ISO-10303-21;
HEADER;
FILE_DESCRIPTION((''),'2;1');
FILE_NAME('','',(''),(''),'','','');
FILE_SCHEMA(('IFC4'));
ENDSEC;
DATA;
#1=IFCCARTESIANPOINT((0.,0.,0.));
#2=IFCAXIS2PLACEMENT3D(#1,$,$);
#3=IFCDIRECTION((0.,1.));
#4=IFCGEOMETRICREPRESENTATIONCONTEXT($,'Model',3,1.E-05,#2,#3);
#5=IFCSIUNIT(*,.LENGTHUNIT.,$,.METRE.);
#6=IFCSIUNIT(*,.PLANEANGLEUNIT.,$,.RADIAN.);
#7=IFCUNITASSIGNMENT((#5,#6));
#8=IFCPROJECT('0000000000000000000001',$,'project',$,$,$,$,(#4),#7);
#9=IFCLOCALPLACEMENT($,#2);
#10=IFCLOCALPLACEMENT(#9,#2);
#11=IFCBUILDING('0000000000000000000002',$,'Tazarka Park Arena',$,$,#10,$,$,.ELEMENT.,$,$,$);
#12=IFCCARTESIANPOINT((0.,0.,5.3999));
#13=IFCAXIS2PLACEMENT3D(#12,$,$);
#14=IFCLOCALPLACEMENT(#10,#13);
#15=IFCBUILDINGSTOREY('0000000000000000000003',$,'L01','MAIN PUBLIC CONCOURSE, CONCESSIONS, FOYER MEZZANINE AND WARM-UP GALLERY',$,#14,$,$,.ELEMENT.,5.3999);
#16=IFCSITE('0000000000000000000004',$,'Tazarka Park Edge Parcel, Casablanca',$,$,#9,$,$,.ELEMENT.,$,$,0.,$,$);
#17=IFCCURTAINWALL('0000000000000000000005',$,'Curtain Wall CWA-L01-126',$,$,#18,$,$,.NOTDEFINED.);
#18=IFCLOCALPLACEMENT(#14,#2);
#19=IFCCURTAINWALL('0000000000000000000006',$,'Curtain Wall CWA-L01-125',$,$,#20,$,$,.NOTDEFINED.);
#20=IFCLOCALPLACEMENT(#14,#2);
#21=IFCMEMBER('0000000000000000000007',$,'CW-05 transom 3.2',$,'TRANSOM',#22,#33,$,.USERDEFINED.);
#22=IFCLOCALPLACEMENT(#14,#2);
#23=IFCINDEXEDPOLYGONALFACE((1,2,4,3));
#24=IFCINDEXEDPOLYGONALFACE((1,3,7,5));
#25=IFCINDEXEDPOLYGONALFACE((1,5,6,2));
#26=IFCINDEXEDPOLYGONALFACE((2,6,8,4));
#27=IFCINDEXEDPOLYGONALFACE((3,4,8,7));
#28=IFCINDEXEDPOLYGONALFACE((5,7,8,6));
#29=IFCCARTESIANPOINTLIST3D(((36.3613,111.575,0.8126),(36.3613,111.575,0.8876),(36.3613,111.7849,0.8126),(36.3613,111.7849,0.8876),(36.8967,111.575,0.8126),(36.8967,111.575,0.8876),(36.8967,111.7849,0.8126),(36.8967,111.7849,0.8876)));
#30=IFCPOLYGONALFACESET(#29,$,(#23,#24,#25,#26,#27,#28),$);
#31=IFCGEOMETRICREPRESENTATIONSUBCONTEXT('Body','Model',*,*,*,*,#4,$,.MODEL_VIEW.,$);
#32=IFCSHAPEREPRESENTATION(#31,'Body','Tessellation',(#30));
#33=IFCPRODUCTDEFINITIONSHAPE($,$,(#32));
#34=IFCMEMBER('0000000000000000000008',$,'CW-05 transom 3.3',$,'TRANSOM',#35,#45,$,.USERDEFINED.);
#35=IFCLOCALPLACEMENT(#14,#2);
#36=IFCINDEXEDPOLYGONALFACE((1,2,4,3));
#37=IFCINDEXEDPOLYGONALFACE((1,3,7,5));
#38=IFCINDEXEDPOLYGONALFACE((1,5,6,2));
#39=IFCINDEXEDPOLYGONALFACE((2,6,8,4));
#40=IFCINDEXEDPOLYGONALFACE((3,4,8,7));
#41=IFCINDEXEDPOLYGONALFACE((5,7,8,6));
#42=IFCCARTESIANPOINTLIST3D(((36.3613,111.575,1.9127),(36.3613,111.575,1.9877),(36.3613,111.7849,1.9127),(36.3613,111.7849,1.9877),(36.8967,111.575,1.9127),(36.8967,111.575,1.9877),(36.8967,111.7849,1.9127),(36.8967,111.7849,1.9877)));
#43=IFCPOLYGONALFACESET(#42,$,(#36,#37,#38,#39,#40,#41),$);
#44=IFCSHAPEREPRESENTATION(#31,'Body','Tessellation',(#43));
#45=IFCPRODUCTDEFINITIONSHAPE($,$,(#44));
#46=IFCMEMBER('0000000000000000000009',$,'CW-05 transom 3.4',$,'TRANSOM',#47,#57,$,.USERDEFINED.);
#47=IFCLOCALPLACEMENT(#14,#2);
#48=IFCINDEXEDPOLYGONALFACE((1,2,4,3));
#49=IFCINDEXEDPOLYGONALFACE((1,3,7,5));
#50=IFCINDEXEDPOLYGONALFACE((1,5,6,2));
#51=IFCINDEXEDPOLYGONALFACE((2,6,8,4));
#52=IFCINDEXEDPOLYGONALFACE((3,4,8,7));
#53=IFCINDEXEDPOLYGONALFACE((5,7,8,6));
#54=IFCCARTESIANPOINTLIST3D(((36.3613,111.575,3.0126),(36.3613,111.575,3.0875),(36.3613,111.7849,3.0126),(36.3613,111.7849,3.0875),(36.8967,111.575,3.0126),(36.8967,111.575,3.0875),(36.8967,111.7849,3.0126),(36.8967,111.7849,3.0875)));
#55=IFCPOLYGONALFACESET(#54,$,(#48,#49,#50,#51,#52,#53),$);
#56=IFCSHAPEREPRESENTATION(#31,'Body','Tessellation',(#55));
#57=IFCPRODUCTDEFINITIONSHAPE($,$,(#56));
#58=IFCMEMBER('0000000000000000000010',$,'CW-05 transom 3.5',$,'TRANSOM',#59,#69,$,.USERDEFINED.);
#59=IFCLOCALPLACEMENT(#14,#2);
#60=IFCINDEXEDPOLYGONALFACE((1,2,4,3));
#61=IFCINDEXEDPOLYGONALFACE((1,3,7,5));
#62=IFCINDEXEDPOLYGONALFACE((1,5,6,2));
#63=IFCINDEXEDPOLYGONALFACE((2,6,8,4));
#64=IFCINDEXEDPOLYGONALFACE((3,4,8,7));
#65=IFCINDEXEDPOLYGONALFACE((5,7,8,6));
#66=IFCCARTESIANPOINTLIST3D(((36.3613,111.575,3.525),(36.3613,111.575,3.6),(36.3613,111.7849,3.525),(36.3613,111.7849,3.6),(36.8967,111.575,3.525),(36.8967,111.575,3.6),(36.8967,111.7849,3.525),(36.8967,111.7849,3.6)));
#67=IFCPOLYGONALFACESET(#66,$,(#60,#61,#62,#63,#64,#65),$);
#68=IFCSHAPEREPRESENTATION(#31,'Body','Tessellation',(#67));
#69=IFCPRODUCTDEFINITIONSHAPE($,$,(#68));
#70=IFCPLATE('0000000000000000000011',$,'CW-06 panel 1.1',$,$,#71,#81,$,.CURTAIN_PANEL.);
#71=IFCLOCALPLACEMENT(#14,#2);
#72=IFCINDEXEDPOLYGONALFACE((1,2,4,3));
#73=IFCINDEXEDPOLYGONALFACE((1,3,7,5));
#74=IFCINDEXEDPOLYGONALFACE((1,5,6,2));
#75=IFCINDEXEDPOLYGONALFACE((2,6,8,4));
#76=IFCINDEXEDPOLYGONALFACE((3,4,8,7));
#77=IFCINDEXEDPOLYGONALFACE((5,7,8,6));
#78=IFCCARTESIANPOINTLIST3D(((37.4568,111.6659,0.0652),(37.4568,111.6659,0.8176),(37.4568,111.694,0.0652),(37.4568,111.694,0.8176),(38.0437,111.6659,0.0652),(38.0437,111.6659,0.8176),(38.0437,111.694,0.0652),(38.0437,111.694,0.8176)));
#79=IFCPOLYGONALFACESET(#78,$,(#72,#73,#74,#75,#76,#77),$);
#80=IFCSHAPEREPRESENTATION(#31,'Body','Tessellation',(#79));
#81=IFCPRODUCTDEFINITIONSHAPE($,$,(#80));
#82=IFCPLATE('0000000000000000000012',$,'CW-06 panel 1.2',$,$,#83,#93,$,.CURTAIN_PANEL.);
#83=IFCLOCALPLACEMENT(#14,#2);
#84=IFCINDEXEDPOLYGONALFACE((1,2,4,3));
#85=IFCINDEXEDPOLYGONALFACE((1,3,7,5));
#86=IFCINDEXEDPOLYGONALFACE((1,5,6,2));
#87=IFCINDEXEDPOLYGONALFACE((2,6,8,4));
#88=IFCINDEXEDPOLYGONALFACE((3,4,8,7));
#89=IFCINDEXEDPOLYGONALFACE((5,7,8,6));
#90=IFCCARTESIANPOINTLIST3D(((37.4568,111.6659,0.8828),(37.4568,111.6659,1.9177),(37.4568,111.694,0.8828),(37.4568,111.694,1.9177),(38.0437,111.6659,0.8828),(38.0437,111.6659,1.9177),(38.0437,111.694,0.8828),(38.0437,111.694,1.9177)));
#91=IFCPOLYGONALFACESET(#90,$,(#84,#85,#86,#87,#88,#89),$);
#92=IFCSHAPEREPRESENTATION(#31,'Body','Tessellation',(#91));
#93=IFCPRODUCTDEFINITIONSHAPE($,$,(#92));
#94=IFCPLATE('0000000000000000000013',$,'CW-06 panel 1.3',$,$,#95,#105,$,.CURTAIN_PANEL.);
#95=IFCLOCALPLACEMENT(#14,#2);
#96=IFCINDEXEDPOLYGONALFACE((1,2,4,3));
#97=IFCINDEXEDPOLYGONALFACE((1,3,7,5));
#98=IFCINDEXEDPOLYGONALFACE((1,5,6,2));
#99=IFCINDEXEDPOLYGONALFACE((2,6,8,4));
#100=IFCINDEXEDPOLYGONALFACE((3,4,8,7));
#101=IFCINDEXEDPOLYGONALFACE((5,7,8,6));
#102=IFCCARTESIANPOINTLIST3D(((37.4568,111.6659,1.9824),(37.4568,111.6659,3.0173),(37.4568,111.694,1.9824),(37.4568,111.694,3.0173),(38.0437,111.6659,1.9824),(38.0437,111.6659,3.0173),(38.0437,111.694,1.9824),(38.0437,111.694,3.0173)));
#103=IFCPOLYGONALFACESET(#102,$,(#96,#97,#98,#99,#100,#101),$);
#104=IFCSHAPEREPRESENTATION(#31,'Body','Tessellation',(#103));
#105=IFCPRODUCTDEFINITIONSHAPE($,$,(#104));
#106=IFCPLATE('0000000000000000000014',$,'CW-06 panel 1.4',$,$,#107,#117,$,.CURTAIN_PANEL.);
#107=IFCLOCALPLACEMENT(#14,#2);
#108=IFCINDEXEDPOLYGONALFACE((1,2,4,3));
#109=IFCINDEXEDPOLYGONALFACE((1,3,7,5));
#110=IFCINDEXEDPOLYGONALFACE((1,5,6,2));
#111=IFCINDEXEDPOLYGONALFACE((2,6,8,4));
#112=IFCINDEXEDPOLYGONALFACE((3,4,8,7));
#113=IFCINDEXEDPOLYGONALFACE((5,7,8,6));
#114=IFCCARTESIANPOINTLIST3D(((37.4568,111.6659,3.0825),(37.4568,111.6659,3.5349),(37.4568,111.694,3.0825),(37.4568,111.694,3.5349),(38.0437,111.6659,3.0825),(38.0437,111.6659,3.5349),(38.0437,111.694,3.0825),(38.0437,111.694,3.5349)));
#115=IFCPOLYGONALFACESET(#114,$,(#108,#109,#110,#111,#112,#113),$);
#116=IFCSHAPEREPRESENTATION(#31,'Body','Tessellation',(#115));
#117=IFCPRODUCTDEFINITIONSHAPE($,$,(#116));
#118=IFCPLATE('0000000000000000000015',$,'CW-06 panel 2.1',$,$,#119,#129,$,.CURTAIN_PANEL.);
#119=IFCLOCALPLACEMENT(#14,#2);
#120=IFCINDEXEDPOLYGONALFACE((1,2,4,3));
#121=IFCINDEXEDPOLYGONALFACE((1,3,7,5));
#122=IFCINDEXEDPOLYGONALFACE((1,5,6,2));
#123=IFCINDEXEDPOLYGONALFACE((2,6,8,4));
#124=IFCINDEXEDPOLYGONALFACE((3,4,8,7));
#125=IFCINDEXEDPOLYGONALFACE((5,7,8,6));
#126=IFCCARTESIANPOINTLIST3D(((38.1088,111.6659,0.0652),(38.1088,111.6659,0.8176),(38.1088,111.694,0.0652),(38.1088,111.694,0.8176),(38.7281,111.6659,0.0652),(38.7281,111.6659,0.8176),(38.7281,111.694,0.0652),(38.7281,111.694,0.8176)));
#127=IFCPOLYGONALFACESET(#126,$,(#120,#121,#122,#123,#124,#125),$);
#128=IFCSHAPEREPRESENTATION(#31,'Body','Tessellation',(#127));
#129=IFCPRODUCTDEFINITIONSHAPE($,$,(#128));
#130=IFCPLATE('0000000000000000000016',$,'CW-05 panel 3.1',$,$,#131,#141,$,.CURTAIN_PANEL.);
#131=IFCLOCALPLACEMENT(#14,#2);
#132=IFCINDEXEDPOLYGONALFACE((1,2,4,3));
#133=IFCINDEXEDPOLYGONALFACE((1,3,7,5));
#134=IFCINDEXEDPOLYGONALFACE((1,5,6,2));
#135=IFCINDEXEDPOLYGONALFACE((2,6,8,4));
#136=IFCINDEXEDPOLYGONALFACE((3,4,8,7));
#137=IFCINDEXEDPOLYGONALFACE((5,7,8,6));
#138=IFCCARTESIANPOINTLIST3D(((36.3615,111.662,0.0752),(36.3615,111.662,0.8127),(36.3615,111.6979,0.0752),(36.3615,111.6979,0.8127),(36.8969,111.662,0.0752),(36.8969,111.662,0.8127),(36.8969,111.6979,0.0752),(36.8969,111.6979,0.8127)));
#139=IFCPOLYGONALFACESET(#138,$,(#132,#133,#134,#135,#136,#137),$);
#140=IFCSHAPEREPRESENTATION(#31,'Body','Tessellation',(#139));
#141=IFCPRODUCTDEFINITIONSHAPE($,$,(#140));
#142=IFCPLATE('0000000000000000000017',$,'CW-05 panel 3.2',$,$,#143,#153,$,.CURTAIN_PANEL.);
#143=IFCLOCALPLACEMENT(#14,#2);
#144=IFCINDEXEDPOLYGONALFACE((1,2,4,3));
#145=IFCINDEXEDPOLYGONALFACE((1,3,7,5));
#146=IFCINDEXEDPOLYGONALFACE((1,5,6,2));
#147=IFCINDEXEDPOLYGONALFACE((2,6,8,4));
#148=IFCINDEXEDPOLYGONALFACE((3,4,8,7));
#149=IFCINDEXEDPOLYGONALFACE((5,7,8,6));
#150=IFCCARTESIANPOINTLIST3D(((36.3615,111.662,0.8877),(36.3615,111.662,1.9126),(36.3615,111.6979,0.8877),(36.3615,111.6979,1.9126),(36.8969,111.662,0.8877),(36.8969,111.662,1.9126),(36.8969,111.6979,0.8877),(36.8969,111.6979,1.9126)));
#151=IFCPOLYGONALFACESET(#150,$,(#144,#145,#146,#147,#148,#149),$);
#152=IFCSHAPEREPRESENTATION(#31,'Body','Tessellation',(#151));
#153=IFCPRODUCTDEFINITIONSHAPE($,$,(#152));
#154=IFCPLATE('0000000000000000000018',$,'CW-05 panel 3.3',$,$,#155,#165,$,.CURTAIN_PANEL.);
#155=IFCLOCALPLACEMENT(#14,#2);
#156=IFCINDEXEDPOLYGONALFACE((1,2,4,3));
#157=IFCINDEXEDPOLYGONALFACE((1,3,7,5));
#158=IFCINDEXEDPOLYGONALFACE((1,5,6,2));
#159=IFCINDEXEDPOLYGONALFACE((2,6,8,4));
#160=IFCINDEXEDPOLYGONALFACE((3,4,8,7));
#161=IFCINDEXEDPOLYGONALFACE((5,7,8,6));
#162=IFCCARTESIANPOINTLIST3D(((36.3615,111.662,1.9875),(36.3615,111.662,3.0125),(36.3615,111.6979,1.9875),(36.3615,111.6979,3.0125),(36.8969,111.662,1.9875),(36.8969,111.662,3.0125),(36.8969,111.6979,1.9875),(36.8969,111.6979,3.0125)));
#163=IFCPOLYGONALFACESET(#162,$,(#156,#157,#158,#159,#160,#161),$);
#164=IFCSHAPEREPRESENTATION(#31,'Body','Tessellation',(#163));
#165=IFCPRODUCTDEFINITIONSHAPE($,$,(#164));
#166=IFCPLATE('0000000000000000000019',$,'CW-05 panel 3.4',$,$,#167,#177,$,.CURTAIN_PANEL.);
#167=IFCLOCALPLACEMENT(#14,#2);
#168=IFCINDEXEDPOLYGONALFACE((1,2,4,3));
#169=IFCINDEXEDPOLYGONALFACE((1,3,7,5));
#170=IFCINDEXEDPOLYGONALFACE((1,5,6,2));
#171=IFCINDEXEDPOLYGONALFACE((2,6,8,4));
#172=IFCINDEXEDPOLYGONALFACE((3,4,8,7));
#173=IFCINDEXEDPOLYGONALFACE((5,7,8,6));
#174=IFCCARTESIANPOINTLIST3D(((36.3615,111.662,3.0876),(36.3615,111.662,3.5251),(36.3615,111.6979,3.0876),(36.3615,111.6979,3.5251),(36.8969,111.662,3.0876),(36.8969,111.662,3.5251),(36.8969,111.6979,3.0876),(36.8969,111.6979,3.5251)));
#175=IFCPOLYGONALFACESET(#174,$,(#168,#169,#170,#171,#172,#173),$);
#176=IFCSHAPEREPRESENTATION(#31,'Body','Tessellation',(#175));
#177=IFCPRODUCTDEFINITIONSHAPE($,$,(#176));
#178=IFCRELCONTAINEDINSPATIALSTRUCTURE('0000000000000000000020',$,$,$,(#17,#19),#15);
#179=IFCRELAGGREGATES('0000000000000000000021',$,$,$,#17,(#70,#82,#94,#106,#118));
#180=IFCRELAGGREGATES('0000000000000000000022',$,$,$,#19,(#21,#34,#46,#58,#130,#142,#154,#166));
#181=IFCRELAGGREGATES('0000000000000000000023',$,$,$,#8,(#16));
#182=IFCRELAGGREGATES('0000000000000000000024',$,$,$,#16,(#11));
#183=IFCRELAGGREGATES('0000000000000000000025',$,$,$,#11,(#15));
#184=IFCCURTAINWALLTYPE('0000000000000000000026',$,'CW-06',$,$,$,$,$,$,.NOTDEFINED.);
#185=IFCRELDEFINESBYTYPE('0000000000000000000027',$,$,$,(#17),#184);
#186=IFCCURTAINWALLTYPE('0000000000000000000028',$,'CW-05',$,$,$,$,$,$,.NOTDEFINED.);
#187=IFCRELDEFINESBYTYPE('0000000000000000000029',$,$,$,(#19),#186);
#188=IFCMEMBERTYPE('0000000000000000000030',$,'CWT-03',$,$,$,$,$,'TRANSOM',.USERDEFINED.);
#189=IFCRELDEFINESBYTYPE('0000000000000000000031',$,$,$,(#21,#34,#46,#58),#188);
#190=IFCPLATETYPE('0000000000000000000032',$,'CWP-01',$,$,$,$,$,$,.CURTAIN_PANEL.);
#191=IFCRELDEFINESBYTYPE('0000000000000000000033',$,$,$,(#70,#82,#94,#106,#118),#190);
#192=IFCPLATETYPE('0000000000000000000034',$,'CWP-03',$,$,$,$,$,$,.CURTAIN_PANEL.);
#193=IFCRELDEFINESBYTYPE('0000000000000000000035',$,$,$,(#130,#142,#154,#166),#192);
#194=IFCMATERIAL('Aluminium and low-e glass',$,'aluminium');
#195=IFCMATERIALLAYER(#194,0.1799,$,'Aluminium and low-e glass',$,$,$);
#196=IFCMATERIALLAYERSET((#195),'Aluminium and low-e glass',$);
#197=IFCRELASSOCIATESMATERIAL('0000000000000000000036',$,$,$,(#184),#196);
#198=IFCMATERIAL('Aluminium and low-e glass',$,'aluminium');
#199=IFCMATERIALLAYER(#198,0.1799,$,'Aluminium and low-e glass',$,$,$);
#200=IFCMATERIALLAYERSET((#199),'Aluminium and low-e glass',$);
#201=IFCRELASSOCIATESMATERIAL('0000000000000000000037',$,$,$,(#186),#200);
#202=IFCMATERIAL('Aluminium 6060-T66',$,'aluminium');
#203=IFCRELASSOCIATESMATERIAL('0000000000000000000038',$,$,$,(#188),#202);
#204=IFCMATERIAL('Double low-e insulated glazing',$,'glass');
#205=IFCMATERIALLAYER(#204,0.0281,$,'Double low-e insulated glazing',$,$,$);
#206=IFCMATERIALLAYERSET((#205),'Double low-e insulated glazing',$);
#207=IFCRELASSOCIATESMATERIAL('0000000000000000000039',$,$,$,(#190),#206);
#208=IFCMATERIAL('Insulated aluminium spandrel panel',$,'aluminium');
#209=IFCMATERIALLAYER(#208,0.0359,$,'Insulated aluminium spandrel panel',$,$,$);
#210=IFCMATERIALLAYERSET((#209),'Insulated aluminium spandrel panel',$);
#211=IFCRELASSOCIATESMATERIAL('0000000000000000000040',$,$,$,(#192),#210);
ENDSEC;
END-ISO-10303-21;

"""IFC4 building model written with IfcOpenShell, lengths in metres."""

from ifc_helpers import new_model, si_unit, direction, frame, origin, origin_2d, place, context, subcontext, project, spatial, rectangle, extrude, material, layer, layer_set, material_profile, profile_set, type_object, element, aggregate, save


model = new_model("IFC4")

# Units and contexts
model_context = context("Model", 3, precision=1e-05, world=origin(), true_north=direction((0.0, 1.0)))
body_context = subcontext(model_context, "Body", "Model", "MODEL_VIEW")
ifc_project = project(units=[si_unit("LENGTHUNIT", "METRE"), si_unit("PLANEANGLEUNIT", "RADIAN")], contexts=[model_context])

# Site, building, storey
site_placement = place(None, origin())
site = spatial("IfcSite", under=ifc_project, at=site_placement, Name="Tazarka Park Edge Parcel, Casablanca", CompositionType="ELEMENT", RefElevation=0.0)
building_placement = place(site_placement, origin())
building = spatial("IfcBuilding", under=site, at=building_placement, Name="Tazarka Park Arena", CompositionType="ELEMENT")
storey_placement = place(building_placement, frame((0.0, 0.0, 5.3999)))
storey = spatial("IfcBuildingStorey", under=building, at=storey_placement, Name="L01", Description="MAIN PUBLIC CONCOURSE, CONCESSIONS, FOYER MEZZANINE AND WARM-UP GALLERY", CompositionType="ELEMENT", Elevation=5.3999)

# Curtain wall
ifc_material_1 = material(Name="Aluminium and low-e glass", Category="aluminium")
ifc_layer_1 = layer(ifc_material_1, 0.1799, Name="Aluminium and low-e glass")
ifc_layer_set_1 = layer_set([ifc_layer_1], Name="Aluminium and low-e glass")
curtain_wall_type_1 = type_object("IfcCurtainWallType", Name="CW-06", PredefinedType="NOTDEFINED", material=ifc_layer_set_1)
curtain_wall_1_placement = place(storey_placement, origin())
curtain_wall_1 = element("IfcCurtainWall", 1, at=curtain_wall_1_placement, inside=storey, type_object=curtain_wall_type_1, Name="Curtain Wall CWA-L01-126", PredefinedType="NOTDEFINED")

# Curtain wall
ifc_material_2 = material(Name="Aluminium and low-e glass", Category="aluminium")
ifc_layer_2 = layer(ifc_material_2, 0.1799, Name="Aluminium and low-e glass")
ifc_layer_set_2 = layer_set([ifc_layer_2], Name="Aluminium and low-e glass")
curtain_wall_type_2 = type_object("IfcCurtainWallType", Name="CW-05", PredefinedType="NOTDEFINED", material=ifc_layer_set_2)
curtain_wall_2_placement = place(storey_placement, origin())
curtain_wall_2 = element("IfcCurtainWall", 2, at=curtain_wall_2_placement, inside=storey, type_object=curtain_wall_type_2, Name="Curtain Wall CWA-L01-125", PredefinedType="NOTDEFINED")

# Members
ifc_material_3 = material(Name="Aluminium 6060-T66", Category="aluminium")
ifc_material_profile_1 = material_profile(ifc_material_3, rectangle(XDim=0.21, YDim=0.075, at=origin_2d()), Name="Aluminium 6060-T66")
ifc_profile_set_1 = profile_set([ifc_material_profile_1], Name="Aluminium 6060-T66")
member_type_1 = type_object("IfcMemberType", Name="CWT-03", ElementType="TRANSOM", PredefinedType="USERDEFINED", material=ifc_profile_set_1)
member_1_placement = place(storey_placement, frame((36.3613, 111.6799, 0.8501), z_axis=(1.0, 0.0, 0.0), x_axis=(0.0, 1.0, 0.0)))
member_1 = element("IfcMember", 3, at=member_1_placement, type_object=member_type_1, Name="CW-05 transom 3.2", ObjectType="TRANSOM", PredefinedType="USERDEFINED", context=body_context, shape_type="SweptSolid", body=[
    extrude(rectangle(XDim=0.21, YDim=0.075, at=origin_2d()), origin(), (0.0, 0.0, 1.0), 0.5354),
])
member_2_placement = place(storey_placement, frame((36.3613, 111.6799, 1.9502), z_axis=(1.0, 0.0, 0.0), x_axis=(0.0, 1.0, 0.0)))
member_2 = element("IfcMember", 4, at=member_2_placement, type_object=member_type_1, Name="CW-05 transom 3.3", ObjectType="TRANSOM", PredefinedType="USERDEFINED", context=body_context, shape_type="SweptSolid", body=[
    extrude(rectangle(XDim=0.21, YDim=0.075, at=origin_2d()), origin(), (0.0, 0.0, 1.0), 0.5354),
])
member_3_placement = place(storey_placement, frame((36.3613, 111.6799, 3.05), z_axis=(1.0, 0.0, 0.0), x_axis=(0.0, 1.0, 0.0)))
member_3 = element("IfcMember", 5, at=member_3_placement, type_object=member_type_1, Name="CW-05 transom 3.4", ObjectType="TRANSOM", PredefinedType="USERDEFINED", context=body_context, shape_type="SweptSolid", body=[
    extrude(rectangle(XDim=0.21, YDim=0.075, at=origin_2d()), origin(), (0.0, 0.0, 1.0), 0.5354),
])
member_4_placement = place(storey_placement, frame((36.3613, 111.6799, 3.5625), z_axis=(1.0, 0.0, 0.0), x_axis=(0.0, 1.0, 0.0)))
member_4 = element("IfcMember", 6, at=member_4_placement, type_object=member_type_1, Name="CW-05 transom 3.5", ObjectType="TRANSOM", PredefinedType="USERDEFINED", context=body_context, shape_type="SweptSolid", body=[
    extrude(rectangle(XDim=0.21, YDim=0.075, at=origin_2d()), origin(), (0.0, 0.0, 1.0), 0.5354),
])

# Plates
ifc_material_4 = material(Name="Double low-e insulated glazing", Category="glass")
ifc_layer_3 = layer(ifc_material_4, 0.0281, Name="Double low-e insulated glazing")
ifc_layer_set_3 = layer_set([ifc_layer_3], Name="Double low-e insulated glazing")
plate_type_1 = type_object("IfcPlateType", Name="CWP-01", PredefinedType="CURTAIN_PANEL", material=ifc_layer_set_3)
plate_1_placement = place(storey_placement, frame((37.7502, 111.6799, 0.0652), z_axis=(0.0, 0.0, 1.0), x_axis=(1.0, 0.0, 0.0)))
plate_1 = element("IfcPlate", 7, at=plate_1_placement, type_object=plate_type_1, Name="CW-06 panel 1.1", PredefinedType="CURTAIN_PANEL", context=body_context, shape_type="SweptSolid", body=[
    extrude(rectangle(XDim=0.5869, YDim=0.0281, at=origin_2d()), origin(), (0.0, 0.0, 1.0), 0.7524),
])
plate_2_placement = place(storey_placement, frame((37.7502, 111.6799, 0.8828), z_axis=(0.0, 0.0, 1.0), x_axis=(1.0, 0.0, 0.0)))
plate_2 = element("IfcPlate", 8, at=plate_2_placement, type_object=plate_type_1, Name="CW-06 panel 1.2", PredefinedType="CURTAIN_PANEL", context=body_context, shape_type="SweptSolid", body=[
    extrude(rectangle(XDim=0.5869, YDim=0.0281, at=origin_2d()), origin(), (0.0, 0.0, 1.0), 1.0349),
])
plate_3_placement = place(storey_placement, frame((37.7502, 111.6799, 1.9824), z_axis=(0.0, 0.0, 1.0), x_axis=(1.0, 0.0, 0.0)))
plate_3 = element("IfcPlate", 9, at=plate_3_placement, type_object=plate_type_1, Name="CW-06 panel 1.3", PredefinedType="CURTAIN_PANEL", context=body_context, shape_type="SweptSolid", body=[
    extrude(rectangle(XDim=0.5869, YDim=0.0281, at=origin_2d()), origin(), (0.0, 0.0, 1.0), 1.0349),
])
plate_4_placement = place(storey_placement, frame((37.7502, 111.6799, 3.0825), z_axis=(0.0, 0.0, 1.0), x_axis=(1.0, 0.0, 0.0)))
plate_4 = element("IfcPlate", 10, at=plate_4_placement, type_object=plate_type_1, Name="CW-06 panel 1.4", PredefinedType="CURTAIN_PANEL", context=body_context, shape_type="SweptSolid", body=[
    extrude(rectangle(XDim=0.5869, YDim=0.0281, at=origin_2d()), origin(), (0.0, 0.0, 1.0), 0.4524),
])
plate_5_placement = place(storey_placement, frame((38.4185, 111.6799, 0.0652), z_axis=(0.0, 0.0, 1.0), x_axis=(1.0, 0.0, 0.0)))
plate_5 = element("IfcPlate", 11, at=plate_5_placement, type_object=plate_type_1, Name="CW-06 panel 2.1", PredefinedType="CURTAIN_PANEL", context=body_context, shape_type="SweptSolid", body=[
    extrude(rectangle(XDim=0.6194, YDim=0.0281, at=origin_2d()), origin(), (0.0, 0.0, 1.0), 0.7524),
])
aggregate(curtain_wall_1, [plate_1, plate_2, plate_3, plate_4, plate_5])
ifc_material_5 = material(Name="Insulated aluminium spandrel panel", Category="aluminium")
ifc_layer_4 = layer(ifc_material_5, 0.0359, Name="Insulated aluminium spandrel panel")
ifc_layer_set_4 = layer_set([ifc_layer_4], Name="Insulated aluminium spandrel panel")
plate_type_2 = type_object("IfcPlateType", Name="CWP-03", PredefinedType="CURTAIN_PANEL", material=ifc_layer_set_4)
plate_6_placement = place(storey_placement, frame((36.6292, 111.6799, 0.0752), z_axis=(0.0, 0.0, 1.0), x_axis=(1.0, 0.0, 0.0)))
plate_6 = element("IfcPlate", 12, at=plate_6_placement, type_object=plate_type_2, Name="CW-05 panel 3.1", PredefinedType="CURTAIN_PANEL", context=body_context, shape_type="SweptSolid", body=[
    extrude(rectangle(XDim=0.5354, YDim=0.0359, at=origin_2d()), origin(), (0.0, 0.0, 1.0), 0.7375),
])
plate_7_placement = place(storey_placement, frame((36.6292, 111.6799, 0.8877), z_axis=(0.0, 0.0, 1.0), x_axis=(1.0, 0.0, 0.0)))
plate_7 = element("IfcPlate", 13, at=plate_7_placement, type_object=plate_type_2, Name="CW-05 panel 3.2", PredefinedType="CURTAIN_PANEL", context=body_context, shape_type="SweptSolid", body=[
    extrude(rectangle(XDim=0.5354, YDim=0.0359, at=origin_2d()), origin(), (0.0, 0.0, 1.0), 1.0249),
])
plate_8_placement = place(storey_placement, frame((36.6292, 111.6799, 1.9875), z_axis=(0.0, 0.0, 1.0), x_axis=(1.0, 0.0, 0.0)))
plate_8 = element("IfcPlate", 14, at=plate_8_placement, type_object=plate_type_2, Name="CW-05 panel 3.3", PredefinedType="CURTAIN_PANEL", context=body_context, shape_type="SweptSolid", body=[
    extrude(rectangle(XDim=0.5354, YDim=0.0359, at=origin_2d()), origin(), (0.0, 0.0, 1.0), 1.0249),
])
plate_9_placement = place(storey_placement, frame((36.6292, 111.6799, 3.0876), z_axis=(0.0, 0.0, 1.0), x_axis=(1.0, 0.0, 0.0)))
plate_9 = element("IfcPlate", 15, at=plate_9_placement, type_object=plate_type_2, Name="CW-05 panel 3.4", PredefinedType="CURTAIN_PANEL", context=body_context, shape_type="SweptSolid", body=[
    extrude(rectangle(XDim=0.5354, YDim=0.0359, at=origin_2d()), origin(), (0.0, 0.0, 1.0), 0.4375),
])
aggregate(curtain_wall_2, [member_1, member_2, member_3, member_4, plate_6, plate_7, plate_8, plate_9])

save(model, "model.ifc")
